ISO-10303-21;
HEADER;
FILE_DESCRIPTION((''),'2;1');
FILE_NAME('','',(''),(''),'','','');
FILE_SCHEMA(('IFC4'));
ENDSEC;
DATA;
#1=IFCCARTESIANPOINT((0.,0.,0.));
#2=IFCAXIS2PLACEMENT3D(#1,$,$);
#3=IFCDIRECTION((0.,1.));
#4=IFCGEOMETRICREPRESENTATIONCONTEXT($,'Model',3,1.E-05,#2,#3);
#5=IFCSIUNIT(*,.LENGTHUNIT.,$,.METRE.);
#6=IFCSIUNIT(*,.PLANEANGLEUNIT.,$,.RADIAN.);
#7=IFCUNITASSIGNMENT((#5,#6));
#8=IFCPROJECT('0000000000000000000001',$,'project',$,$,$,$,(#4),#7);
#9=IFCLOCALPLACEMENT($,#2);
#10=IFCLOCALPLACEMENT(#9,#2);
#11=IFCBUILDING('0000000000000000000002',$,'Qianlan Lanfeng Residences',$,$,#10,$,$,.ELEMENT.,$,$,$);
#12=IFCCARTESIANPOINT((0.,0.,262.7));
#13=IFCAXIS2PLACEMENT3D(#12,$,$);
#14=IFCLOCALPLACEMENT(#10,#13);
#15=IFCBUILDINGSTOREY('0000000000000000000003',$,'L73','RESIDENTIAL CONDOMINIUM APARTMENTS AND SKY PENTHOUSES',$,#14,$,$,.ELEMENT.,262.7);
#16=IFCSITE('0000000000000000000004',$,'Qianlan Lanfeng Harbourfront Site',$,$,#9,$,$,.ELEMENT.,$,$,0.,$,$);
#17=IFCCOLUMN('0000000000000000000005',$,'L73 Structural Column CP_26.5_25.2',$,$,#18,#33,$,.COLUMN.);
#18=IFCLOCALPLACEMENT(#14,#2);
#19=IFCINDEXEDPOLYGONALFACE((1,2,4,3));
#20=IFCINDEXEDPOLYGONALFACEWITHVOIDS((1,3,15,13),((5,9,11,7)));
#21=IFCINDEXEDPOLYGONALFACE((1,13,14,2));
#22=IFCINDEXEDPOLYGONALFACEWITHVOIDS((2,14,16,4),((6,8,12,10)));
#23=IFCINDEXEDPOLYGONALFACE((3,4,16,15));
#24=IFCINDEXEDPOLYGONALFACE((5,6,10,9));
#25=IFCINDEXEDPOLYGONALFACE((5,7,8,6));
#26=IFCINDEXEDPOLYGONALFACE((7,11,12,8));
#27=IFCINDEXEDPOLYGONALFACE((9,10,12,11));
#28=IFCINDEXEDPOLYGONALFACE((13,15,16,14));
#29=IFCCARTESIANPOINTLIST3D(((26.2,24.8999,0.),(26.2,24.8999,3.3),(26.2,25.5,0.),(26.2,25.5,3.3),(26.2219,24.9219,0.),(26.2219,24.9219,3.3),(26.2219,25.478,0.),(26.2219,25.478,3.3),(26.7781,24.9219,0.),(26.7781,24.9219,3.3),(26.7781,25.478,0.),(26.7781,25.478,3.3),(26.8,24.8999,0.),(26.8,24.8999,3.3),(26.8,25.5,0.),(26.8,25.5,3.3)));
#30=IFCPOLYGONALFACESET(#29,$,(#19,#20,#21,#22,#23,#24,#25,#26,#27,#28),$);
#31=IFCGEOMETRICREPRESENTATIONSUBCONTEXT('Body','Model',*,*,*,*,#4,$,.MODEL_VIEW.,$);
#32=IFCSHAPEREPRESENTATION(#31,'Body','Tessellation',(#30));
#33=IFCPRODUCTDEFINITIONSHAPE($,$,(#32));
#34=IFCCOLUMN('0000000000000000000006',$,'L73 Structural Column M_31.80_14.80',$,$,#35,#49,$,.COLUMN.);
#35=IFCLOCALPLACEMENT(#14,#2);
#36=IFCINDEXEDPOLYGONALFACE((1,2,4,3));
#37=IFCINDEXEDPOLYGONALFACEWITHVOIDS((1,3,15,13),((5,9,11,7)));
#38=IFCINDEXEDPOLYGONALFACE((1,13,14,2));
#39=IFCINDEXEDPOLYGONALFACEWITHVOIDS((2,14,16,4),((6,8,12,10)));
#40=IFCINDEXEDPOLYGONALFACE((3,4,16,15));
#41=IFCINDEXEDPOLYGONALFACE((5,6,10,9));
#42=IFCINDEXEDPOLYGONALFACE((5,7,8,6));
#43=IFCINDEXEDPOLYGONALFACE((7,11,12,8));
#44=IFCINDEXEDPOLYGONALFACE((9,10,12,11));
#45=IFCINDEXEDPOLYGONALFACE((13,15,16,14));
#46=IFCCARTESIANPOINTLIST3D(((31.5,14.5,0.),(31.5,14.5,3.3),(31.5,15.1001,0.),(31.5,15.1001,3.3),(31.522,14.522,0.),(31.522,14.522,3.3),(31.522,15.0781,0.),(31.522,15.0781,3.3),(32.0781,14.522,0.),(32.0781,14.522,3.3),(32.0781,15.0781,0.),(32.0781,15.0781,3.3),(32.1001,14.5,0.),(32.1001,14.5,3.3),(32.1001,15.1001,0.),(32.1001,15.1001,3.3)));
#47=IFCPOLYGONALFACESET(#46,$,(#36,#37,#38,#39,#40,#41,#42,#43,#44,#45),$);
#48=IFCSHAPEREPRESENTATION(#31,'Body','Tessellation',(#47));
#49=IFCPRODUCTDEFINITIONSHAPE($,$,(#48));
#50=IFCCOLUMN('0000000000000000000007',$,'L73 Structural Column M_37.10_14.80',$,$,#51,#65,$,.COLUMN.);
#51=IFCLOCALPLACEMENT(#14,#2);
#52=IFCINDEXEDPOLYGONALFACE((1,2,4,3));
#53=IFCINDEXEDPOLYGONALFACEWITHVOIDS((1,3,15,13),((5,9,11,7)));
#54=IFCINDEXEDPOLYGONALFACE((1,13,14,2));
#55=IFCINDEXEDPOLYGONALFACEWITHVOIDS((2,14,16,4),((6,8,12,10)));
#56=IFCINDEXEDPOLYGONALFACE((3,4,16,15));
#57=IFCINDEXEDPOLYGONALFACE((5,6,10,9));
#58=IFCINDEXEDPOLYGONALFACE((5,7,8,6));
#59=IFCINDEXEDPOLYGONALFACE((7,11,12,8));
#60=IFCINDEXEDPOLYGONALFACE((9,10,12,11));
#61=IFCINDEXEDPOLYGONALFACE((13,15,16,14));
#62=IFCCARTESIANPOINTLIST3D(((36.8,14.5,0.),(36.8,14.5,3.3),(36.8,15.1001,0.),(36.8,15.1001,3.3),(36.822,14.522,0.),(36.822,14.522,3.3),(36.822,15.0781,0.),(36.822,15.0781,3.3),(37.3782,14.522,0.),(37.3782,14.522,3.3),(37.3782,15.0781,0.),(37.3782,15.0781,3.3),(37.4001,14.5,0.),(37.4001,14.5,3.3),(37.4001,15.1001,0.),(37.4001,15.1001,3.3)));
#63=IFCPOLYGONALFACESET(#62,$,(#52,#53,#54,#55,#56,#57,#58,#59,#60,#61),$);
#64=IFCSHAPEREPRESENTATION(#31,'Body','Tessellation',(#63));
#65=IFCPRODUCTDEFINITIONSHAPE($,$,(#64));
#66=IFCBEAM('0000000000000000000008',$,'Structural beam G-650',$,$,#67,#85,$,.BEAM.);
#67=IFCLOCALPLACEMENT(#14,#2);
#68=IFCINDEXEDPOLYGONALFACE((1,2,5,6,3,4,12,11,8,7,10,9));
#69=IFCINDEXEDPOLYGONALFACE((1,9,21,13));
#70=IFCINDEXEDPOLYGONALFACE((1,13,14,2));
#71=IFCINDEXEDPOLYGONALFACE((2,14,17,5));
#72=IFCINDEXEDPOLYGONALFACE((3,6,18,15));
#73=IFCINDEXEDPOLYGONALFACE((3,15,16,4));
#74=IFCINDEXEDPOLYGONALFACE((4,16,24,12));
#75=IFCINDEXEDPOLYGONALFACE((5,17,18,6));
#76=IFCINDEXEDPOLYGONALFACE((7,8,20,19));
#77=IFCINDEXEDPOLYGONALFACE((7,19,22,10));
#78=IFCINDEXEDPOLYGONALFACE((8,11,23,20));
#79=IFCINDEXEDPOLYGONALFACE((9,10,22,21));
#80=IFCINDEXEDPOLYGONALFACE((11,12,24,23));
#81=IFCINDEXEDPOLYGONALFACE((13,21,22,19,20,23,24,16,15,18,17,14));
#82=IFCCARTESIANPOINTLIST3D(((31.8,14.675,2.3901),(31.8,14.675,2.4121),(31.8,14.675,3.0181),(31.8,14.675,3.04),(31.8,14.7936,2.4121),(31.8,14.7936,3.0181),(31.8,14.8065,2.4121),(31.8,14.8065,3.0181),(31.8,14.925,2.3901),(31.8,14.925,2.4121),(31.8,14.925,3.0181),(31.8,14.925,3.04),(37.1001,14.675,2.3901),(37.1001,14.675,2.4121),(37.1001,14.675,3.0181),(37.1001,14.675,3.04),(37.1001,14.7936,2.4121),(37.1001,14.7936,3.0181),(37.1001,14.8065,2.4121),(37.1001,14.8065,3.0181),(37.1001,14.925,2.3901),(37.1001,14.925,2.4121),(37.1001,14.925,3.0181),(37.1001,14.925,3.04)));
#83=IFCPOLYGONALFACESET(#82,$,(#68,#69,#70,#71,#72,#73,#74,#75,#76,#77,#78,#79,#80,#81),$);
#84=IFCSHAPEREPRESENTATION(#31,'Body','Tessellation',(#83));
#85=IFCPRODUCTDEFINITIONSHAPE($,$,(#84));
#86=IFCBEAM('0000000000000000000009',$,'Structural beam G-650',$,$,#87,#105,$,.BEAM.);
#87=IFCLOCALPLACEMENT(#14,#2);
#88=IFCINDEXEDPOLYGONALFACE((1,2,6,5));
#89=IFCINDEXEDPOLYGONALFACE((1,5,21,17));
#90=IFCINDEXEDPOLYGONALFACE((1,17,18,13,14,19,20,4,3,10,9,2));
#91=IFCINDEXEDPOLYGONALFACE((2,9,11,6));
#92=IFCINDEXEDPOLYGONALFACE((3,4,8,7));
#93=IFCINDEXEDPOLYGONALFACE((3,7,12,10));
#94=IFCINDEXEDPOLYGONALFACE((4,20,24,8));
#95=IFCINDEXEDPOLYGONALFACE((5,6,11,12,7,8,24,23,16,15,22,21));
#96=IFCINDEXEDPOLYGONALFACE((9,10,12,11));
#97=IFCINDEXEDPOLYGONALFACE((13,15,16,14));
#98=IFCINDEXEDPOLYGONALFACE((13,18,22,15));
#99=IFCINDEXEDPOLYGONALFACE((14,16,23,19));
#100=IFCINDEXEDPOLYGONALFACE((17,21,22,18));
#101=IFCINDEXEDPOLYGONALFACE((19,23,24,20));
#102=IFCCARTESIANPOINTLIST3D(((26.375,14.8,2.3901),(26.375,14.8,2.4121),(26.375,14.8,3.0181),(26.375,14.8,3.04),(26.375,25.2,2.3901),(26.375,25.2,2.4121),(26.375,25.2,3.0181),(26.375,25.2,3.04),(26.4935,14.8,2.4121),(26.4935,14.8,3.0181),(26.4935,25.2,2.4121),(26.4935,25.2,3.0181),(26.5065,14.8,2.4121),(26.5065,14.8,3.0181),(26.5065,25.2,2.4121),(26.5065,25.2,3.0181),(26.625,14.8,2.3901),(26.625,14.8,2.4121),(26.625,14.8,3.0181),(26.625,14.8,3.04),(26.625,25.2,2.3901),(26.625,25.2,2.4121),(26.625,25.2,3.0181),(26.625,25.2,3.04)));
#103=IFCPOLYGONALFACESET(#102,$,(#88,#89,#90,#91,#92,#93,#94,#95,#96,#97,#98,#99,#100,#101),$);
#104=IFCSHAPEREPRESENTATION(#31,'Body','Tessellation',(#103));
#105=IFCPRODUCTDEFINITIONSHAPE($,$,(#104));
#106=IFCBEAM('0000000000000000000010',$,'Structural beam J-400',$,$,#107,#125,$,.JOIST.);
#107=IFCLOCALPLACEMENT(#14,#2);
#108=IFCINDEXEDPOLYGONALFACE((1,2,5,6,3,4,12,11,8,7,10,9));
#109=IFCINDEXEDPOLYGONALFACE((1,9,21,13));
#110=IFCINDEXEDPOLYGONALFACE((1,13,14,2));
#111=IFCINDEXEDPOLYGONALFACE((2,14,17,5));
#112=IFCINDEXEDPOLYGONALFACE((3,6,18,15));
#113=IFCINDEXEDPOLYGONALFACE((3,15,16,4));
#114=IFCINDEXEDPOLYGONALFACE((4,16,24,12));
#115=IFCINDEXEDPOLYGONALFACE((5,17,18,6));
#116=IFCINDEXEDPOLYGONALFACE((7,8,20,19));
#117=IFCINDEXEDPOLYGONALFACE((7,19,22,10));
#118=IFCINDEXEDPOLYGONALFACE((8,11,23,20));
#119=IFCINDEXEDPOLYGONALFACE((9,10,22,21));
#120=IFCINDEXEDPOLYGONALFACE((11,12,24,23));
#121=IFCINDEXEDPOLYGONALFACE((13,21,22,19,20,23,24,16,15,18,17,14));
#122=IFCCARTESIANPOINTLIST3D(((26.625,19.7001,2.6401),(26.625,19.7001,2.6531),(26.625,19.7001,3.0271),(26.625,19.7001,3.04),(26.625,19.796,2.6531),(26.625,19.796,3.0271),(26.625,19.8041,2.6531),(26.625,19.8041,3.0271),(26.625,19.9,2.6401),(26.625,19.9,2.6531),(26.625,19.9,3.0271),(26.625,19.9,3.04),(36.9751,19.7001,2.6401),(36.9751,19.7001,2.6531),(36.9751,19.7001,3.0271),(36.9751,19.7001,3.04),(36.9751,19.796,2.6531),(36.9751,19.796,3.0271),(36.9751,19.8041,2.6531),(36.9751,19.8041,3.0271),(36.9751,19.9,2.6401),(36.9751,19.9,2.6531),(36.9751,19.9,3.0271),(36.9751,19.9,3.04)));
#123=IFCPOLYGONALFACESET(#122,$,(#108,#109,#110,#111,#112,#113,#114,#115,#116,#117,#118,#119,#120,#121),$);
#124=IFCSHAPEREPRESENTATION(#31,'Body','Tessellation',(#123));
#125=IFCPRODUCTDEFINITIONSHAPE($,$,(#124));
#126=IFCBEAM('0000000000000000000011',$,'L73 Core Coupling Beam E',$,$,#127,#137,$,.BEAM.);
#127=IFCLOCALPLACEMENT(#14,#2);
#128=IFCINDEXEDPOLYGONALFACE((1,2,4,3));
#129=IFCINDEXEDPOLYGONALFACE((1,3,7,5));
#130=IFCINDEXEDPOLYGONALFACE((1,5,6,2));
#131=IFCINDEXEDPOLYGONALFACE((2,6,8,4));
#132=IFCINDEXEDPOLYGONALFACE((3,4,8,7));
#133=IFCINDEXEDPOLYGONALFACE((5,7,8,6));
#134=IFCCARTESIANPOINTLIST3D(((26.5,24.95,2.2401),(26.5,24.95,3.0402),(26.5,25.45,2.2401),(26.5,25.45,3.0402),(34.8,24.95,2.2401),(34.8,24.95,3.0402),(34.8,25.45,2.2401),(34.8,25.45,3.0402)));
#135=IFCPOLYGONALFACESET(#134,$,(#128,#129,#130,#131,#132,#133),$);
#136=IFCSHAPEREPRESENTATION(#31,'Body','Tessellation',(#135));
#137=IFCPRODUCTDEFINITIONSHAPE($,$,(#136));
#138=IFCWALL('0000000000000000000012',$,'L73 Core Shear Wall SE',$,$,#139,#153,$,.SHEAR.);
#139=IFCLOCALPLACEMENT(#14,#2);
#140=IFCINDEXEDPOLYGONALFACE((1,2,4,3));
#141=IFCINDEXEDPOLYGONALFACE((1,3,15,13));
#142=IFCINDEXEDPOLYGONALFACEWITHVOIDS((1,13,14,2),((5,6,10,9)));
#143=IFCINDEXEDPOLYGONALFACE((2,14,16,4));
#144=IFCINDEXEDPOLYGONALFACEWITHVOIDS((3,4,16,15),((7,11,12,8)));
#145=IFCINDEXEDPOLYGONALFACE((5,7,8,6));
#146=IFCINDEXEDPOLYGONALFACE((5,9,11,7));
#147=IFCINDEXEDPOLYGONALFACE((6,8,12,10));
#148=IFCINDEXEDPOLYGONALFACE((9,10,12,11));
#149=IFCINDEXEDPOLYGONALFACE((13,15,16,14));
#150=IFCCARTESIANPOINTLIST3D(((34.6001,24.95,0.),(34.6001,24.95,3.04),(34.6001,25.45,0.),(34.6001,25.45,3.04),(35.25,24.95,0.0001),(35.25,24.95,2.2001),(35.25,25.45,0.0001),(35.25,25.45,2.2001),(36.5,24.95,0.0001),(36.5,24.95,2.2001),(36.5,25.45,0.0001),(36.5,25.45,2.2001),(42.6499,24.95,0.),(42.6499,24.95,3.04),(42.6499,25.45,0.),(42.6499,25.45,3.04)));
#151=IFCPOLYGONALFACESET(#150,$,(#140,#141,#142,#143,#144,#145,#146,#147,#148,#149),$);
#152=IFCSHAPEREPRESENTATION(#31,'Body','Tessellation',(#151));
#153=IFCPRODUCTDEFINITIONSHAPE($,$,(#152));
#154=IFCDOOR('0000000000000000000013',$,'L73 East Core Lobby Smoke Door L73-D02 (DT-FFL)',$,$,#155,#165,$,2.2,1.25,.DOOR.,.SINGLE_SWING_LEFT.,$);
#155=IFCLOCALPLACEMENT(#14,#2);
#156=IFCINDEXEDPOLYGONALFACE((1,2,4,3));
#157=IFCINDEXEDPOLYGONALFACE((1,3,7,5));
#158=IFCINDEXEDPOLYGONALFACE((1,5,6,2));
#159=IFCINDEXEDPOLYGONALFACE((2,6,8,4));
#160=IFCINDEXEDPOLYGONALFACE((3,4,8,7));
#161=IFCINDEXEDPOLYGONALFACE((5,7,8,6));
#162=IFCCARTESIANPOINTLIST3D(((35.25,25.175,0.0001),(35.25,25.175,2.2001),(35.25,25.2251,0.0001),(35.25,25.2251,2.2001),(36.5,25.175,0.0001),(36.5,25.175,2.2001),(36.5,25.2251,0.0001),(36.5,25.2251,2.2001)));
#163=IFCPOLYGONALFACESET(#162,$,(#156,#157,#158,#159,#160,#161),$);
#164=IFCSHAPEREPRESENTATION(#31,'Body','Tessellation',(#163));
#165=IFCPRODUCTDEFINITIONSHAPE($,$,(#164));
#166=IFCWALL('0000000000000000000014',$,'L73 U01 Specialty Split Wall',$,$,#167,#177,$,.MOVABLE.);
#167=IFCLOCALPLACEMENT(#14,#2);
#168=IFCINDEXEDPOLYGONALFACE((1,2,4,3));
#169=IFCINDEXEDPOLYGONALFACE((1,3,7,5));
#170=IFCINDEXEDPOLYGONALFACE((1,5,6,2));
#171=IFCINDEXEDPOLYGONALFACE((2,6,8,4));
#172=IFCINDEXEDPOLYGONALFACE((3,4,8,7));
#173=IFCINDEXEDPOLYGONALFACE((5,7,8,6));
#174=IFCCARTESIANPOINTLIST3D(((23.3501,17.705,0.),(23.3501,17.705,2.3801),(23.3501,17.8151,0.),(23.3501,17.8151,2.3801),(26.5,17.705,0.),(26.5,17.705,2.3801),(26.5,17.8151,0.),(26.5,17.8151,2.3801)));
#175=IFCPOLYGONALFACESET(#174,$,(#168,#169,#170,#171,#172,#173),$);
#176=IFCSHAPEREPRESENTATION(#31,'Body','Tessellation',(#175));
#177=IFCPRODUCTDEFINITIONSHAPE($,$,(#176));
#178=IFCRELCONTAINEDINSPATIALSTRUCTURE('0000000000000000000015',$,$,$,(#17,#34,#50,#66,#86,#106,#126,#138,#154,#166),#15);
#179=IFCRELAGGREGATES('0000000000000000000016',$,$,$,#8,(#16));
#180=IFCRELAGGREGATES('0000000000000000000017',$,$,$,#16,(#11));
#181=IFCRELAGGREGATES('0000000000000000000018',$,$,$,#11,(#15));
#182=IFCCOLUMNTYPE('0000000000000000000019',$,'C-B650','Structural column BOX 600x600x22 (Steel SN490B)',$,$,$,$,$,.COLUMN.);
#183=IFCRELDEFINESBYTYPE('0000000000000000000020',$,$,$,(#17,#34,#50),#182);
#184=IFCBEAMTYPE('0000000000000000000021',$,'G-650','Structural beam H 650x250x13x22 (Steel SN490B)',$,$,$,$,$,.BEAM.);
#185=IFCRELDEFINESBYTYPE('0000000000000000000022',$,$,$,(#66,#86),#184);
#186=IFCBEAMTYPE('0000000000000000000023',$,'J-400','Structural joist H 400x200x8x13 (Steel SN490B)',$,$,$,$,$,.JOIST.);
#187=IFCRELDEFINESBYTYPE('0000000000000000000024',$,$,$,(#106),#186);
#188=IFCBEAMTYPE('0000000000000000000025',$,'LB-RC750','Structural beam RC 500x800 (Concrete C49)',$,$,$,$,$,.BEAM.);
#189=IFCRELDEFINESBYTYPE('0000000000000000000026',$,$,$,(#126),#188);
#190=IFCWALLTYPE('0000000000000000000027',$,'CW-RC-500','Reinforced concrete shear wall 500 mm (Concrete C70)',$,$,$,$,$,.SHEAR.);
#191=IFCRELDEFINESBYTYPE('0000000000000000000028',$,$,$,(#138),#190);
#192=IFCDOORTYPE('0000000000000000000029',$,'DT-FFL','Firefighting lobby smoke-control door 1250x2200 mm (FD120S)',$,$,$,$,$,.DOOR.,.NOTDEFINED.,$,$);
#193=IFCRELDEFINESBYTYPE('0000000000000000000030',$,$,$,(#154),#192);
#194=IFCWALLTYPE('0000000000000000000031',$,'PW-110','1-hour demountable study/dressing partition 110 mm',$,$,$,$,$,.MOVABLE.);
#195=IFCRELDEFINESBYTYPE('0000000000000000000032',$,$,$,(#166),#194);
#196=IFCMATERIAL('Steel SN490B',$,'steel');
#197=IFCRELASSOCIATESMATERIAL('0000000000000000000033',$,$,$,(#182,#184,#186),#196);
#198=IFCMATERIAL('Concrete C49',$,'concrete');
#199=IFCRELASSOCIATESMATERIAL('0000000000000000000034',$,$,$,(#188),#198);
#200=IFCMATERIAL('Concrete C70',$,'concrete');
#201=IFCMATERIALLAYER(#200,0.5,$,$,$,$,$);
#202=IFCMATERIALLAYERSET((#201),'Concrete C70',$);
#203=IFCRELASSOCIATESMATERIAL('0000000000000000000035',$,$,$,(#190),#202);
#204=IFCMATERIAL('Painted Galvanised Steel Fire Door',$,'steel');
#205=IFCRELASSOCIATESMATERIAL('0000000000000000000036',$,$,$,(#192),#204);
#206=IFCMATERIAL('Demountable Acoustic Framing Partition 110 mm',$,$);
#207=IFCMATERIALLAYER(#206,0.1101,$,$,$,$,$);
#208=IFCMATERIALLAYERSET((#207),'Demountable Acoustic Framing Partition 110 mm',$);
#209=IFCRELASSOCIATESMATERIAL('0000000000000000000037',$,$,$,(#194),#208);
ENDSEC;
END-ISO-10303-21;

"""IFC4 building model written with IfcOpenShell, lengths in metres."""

from ifc_helpers import new_model, si_unit, direction, frame, frame_2d, origin, origin_2d, place, context, subcontext, project, spatial, rectangle, hollow_rectangle, i_section, extrude, material, layer, layer_set, material_profile, profile_set, type_object, element, fill, save


model = new_model("IFC4")

# Units and contexts
model_context = context("Model", 3, precision=1e-05, world=origin(), true_north=direction((0.0, 1.0)))
body_context = subcontext(model_context, "Body", "Model", "MODEL_VIEW")
ifc_project = project(units=[si_unit("LENGTHUNIT", "METRE"), si_unit("PLANEANGLEUNIT", "RADIAN")], contexts=[model_context])

# Site, building, storey
site_placement = place(None, origin())
site = spatial("IfcSite", under=ifc_project, at=site_placement, Name="Qianlan Lanfeng Harbourfront Site", CompositionType="ELEMENT", RefElevation=0.0)
building_placement = place(site_placement, origin())
building = spatial("IfcBuilding", under=site, at=building_placement, Name="Qianlan Lanfeng Residences", CompositionType="ELEMENT")
storey_placement = place(building_placement, frame((0.0, 0.0, 262.7)))
storey = spatial("IfcBuildingStorey", under=building, at=storey_placement, Name="L73", Description="RESIDENTIAL CONDOMINIUM APARTMENTS AND SKY PENTHOUSES", CompositionType="ELEMENT", Elevation=262.7)

# Columns
ifc_material_1 = material(Name="Steel SN490B", Category="steel")
ifc_material_profile_1 = material_profile(ifc_material_1, hollow_rectangle(XDim=0.6001, YDim=0.6001, WallThickness=0.022, at=origin_2d()), Name="BOX 600x600x22")
ifc_profile_set_1 = profile_set([ifc_material_profile_1], Name="Steel SN490B")
column_type = type_object("IfcColumnType", Name="C-B650", Description="Structural column BOX 600x600x22 (Steel SN490B)", PredefinedType="COLUMN", material=ifc_profile_set_1)
for number, where, z_axis, x_axis, name in (
    (1, (26.5, 25.2, 0.0), (0.0, 0.0, 1.0), (1.0, 0.0, 0.0), "L73 Structural Column CP_26.5_25.2"),
    (2, (31.8, 14.8, 0.0), (0.0, 0.0, 1.0), (1.0, 0.0, 0.0), "L73 Structural Column M_31.80_14.80"),
    (3, (37.1001, 14.8, 0.0), (0.0, 0.0, 1.0), (1.0, 0.0, 0.0), "L73 Structural Column M_37.10_14.80"),
):
    element("IfcColumn", number, at=place(storey_placement, frame(where, z_axis=z_axis, x_axis=x_axis)), inside=storey, type_object=column_type, Name=name, PredefinedType="COLUMN", context=body_context, shape_type="SweptSolid", body=[
        extrude(hollow_rectangle(XDim=0.6001, YDim=0.6001, WallThickness=0.022, at=origin_2d()), origin(), (0.0, 0.0, 1.0), 3.3),
    ])

# Beams
ifc_material_profile_2 = material_profile(ifc_material_1, i_section(OverallWidth=0.25, OverallDepth=0.6499, WebThickness=0.0129, FlangeThickness=0.022, at=origin_2d()), Name="H 650x250x13x22")
ifc_profile_set_2 = profile_set([ifc_material_profile_2], Name="Steel SN490B")
beam_type_1 = type_object("IfcBeamType", Name="G-650", Description="Structural beam H 650x250x13x22 (Steel SN490B)", PredefinedType="BEAM", material=ifc_profile_set_2)
beam_1_placement = place(storey_placement, frame((31.8, 14.8, 2.7151), z_axis=(1.0, 0.0, 0.0), x_axis=(0.0, 1.0, 0.0)))
element("IfcBeam", 4, at=beam_1_placement, inside=storey, type_object=beam_type_1, Name="Structural beam G-650", PredefinedType="BEAM", context=body_context, shape_type="SweptSolid", body=[
    extrude(i_section(OverallWidth=0.25, OverallDepth=0.6499, WebThickness=0.0129, FlangeThickness=0.022, at=origin_2d()), origin(), (0.0, 0.0, 1.0), 5.3),
])
beam_2_placement = place(storey_placement, frame((26.5, 14.8, 2.7151), z_axis=(0.0, 1.0, 0.0), x_axis=(-1.0, 0.0, 0.0)))
element("IfcBeam", 5, at=beam_2_placement, inside=storey, type_object=beam_type_1, Name="Structural beam G-650", PredefinedType="BEAM", context=body_context, shape_type="SweptSolid", body=[
    extrude(i_section(OverallWidth=0.25, OverallDepth=0.6499, WebThickness=0.0129, FlangeThickness=0.022, at=origin_2d()), origin(), (0.0, 0.0, 1.0), 10.3999),
])
ifc_material_profile_3 = material_profile(ifc_material_1, i_section(OverallWidth=0.2, OverallDepth=0.3999, WebThickness=0.0081, FlangeThickness=0.0129, at=origin_2d()), Name="H 400x200x8x13")
ifc_profile_set_3 = profile_set([ifc_material_profile_3], Name="Steel SN490B")
beam_type_2 = type_object("IfcBeamType", Name="J-400", Description="Structural joist H 400x200x8x13 (Steel SN490B)", PredefinedType="JOIST", material=ifc_profile_set_3)
beam_3_placement = place(storey_placement, frame((26.625, 19.8, 2.8401), z_axis=(1.0, 0.0, 0.0), x_axis=(0.0, 1.0, 0.0)))
element("IfcBeam", 6, at=beam_3_placement, inside=storey, type_object=beam_type_2, Name="Structural beam J-400", PredefinedType="JOIST", context=body_context, shape_type="SweptSolid", body=[
    extrude(i_section(OverallWidth=0.2, OverallDepth=0.3999, WebThickness=0.0081, FlangeThickness=0.0129, at=origin_2d()), origin(), (0.0, 0.0, 1.0), 10.3501),
])
ifc_material_2 = material(Name="Concrete C49", Category="concrete")
ifc_material_profile_4 = material_profile(ifc_material_2, rectangle(XDim=0.5, YDim=0.8, at=origin_2d()), Name="RC 500x800")
ifc_profile_set_4 = profile_set([ifc_material_profile_4], Name="Concrete C49")
beam_type_3 = type_object("IfcBeamType", Name="LB-RC750", Description="Structural beam RC 500x800 (Concrete C49)", PredefinedType="BEAM", material=ifc_profile_set_4)
beam_4_placement = place(storey_placement, frame((26.5, 25.2, 2.6401), z_axis=(1.0, 0.0, 0.0), x_axis=(0.0, 1.0, 0.0)))
element("IfcBeam", 7, at=beam_4_placement, inside=storey, type_object=beam_type_3, Name="L73 Core Coupling Beam E", PredefinedType="BEAM", context=body_context, shape_type="SweptSolid", body=[
    extrude(rectangle(XDim=0.5, YDim=0.8, at=origin_2d()), origin(), (0.0, 0.0, 1.0), 8.3),
])

# Wall, opening, door
ifc_material_3 = material(Name="Concrete C70", Category="concrete")
ifc_layer_1 = layer(ifc_material_3, 0.5)
ifc_layer_set_1 = layer_set([ifc_layer_1], Name="Concrete C70")
wall_type_1 = type_object("IfcWallType", Name="CW-RC-500", Description="Reinforced concrete shear wall 500 mm (Concrete C70)", PredefinedType="SHEAR", material=ifc_layer_set_1)
wall_1_placement = place(storey_placement, frame((34.6001, 25.2, 0.0), z_axis=(0.0, 0.0, 1.0), x_axis=(1.0, 0.0, 0.0)))
wall_1 = element("IfcWall", 8, at=wall_1_placement, inside=storey, type_object=wall_type_1, Name="L73 Core Shear Wall SE", PredefinedType="SHEAR", context=body_context, shape_type="SweptSolid", body=[
    extrude(rectangle(XDim=8.0498, YDim=0.5, at=frame_2d((4.0249, 0.0))), origin(), (0.0, 0.0, 1.0), 3.04),
])
opening_1_placement = place(wall_1_placement, frame((0.6499, 0.0, 0.0)))
opening_1 = element("IfcOpeningElement", 9, at=opening_1_placement, cuts=wall_1, PredefinedType="OPENING", context=body_context, shape_type="SweptSolid", body=[
    extrude(rectangle(XDim=1.25, YDim=2.2, at=frame_2d((0.625, 1.1001))), frame((0.0, 0.26, 0.0), z_axis=(0.0, -1.0, 0.0), x_axis=(1.0, 0.0, 0.0)), (0.0, 0.0, 1.0), 0.52),
])
ifc_material_4 = material(Name="Painted Galvanised Steel Fire Door", Category="steel")
door_type_1 = type_object("IfcDoorType", Name="DT-FFL", Description="Firefighting lobby smoke-control door 1250x2200 mm (FD120S)", OperationType="NOTDEFINED", PredefinedType="DOOR", material=ifc_material_4)
door_1_placement = place(opening_1_placement, frame((1.25, 0.0, 0.0), z_axis=(0.0, 0.0, 1.0), x_axis=(-1.0, 0.0, 0.0)))
door_1 = element("IfcDoor", 10, at=door_1_placement, inside=storey, type_object=door_type_1, Name="L73 East Core Lobby Smoke Door L73-D02 (DT-FFL)", OperationType="SINGLE_SWING_LEFT", OverallHeight=2.2, OverallWidth=1.25, PredefinedType="DOOR", context=body_context, shape_type="SweptSolid", body=[
    extrude(rectangle(XDim=1.25, YDim=2.2, at=frame_2d((0.625, 1.1001))), frame((0.0, 0.0249, 0.0), z_axis=(0.0, -1.0, 0.0), x_axis=(1.0, 0.0, 0.0)), (0.0, 0.0, 1.0), 0.05),
])
fill(opening_1, door_1)

# Wall
ifc_material_5 = material(Name="Demountable Acoustic Framing Partition 110 mm")
ifc_layer_2 = layer(ifc_material_5, 0.1101)
ifc_layer_set_2 = layer_set([ifc_layer_2], Name="Demountable Acoustic Framing Partition 110 mm")
wall_type_2 = type_object("IfcWallType", Name="PW-110", Description="1-hour demountable study/dressing partition 110 mm", PredefinedType="MOVABLE", material=ifc_layer_set_2)
wall_2_placement = place(storey_placement, frame((23.3501, 17.76, 0.0), z_axis=(0.0, 0.0, 1.0), x_axis=(1.0, 0.0, 0.0)))
element("IfcWall", 11, at=wall_2_placement, inside=storey, type_object=wall_type_2, Name="L73 U01 Specialty Split Wall", PredefinedType="MOVABLE", context=body_context, shape_type="SweptSolid", body=[
    extrude(rectangle(XDim=3.1499, YDim=0.1101, at=frame_2d((1.575, 0.0))), origin(), (0.0, 0.0, 1.0), 2.3801),
])

save(model, "model.ifc")
